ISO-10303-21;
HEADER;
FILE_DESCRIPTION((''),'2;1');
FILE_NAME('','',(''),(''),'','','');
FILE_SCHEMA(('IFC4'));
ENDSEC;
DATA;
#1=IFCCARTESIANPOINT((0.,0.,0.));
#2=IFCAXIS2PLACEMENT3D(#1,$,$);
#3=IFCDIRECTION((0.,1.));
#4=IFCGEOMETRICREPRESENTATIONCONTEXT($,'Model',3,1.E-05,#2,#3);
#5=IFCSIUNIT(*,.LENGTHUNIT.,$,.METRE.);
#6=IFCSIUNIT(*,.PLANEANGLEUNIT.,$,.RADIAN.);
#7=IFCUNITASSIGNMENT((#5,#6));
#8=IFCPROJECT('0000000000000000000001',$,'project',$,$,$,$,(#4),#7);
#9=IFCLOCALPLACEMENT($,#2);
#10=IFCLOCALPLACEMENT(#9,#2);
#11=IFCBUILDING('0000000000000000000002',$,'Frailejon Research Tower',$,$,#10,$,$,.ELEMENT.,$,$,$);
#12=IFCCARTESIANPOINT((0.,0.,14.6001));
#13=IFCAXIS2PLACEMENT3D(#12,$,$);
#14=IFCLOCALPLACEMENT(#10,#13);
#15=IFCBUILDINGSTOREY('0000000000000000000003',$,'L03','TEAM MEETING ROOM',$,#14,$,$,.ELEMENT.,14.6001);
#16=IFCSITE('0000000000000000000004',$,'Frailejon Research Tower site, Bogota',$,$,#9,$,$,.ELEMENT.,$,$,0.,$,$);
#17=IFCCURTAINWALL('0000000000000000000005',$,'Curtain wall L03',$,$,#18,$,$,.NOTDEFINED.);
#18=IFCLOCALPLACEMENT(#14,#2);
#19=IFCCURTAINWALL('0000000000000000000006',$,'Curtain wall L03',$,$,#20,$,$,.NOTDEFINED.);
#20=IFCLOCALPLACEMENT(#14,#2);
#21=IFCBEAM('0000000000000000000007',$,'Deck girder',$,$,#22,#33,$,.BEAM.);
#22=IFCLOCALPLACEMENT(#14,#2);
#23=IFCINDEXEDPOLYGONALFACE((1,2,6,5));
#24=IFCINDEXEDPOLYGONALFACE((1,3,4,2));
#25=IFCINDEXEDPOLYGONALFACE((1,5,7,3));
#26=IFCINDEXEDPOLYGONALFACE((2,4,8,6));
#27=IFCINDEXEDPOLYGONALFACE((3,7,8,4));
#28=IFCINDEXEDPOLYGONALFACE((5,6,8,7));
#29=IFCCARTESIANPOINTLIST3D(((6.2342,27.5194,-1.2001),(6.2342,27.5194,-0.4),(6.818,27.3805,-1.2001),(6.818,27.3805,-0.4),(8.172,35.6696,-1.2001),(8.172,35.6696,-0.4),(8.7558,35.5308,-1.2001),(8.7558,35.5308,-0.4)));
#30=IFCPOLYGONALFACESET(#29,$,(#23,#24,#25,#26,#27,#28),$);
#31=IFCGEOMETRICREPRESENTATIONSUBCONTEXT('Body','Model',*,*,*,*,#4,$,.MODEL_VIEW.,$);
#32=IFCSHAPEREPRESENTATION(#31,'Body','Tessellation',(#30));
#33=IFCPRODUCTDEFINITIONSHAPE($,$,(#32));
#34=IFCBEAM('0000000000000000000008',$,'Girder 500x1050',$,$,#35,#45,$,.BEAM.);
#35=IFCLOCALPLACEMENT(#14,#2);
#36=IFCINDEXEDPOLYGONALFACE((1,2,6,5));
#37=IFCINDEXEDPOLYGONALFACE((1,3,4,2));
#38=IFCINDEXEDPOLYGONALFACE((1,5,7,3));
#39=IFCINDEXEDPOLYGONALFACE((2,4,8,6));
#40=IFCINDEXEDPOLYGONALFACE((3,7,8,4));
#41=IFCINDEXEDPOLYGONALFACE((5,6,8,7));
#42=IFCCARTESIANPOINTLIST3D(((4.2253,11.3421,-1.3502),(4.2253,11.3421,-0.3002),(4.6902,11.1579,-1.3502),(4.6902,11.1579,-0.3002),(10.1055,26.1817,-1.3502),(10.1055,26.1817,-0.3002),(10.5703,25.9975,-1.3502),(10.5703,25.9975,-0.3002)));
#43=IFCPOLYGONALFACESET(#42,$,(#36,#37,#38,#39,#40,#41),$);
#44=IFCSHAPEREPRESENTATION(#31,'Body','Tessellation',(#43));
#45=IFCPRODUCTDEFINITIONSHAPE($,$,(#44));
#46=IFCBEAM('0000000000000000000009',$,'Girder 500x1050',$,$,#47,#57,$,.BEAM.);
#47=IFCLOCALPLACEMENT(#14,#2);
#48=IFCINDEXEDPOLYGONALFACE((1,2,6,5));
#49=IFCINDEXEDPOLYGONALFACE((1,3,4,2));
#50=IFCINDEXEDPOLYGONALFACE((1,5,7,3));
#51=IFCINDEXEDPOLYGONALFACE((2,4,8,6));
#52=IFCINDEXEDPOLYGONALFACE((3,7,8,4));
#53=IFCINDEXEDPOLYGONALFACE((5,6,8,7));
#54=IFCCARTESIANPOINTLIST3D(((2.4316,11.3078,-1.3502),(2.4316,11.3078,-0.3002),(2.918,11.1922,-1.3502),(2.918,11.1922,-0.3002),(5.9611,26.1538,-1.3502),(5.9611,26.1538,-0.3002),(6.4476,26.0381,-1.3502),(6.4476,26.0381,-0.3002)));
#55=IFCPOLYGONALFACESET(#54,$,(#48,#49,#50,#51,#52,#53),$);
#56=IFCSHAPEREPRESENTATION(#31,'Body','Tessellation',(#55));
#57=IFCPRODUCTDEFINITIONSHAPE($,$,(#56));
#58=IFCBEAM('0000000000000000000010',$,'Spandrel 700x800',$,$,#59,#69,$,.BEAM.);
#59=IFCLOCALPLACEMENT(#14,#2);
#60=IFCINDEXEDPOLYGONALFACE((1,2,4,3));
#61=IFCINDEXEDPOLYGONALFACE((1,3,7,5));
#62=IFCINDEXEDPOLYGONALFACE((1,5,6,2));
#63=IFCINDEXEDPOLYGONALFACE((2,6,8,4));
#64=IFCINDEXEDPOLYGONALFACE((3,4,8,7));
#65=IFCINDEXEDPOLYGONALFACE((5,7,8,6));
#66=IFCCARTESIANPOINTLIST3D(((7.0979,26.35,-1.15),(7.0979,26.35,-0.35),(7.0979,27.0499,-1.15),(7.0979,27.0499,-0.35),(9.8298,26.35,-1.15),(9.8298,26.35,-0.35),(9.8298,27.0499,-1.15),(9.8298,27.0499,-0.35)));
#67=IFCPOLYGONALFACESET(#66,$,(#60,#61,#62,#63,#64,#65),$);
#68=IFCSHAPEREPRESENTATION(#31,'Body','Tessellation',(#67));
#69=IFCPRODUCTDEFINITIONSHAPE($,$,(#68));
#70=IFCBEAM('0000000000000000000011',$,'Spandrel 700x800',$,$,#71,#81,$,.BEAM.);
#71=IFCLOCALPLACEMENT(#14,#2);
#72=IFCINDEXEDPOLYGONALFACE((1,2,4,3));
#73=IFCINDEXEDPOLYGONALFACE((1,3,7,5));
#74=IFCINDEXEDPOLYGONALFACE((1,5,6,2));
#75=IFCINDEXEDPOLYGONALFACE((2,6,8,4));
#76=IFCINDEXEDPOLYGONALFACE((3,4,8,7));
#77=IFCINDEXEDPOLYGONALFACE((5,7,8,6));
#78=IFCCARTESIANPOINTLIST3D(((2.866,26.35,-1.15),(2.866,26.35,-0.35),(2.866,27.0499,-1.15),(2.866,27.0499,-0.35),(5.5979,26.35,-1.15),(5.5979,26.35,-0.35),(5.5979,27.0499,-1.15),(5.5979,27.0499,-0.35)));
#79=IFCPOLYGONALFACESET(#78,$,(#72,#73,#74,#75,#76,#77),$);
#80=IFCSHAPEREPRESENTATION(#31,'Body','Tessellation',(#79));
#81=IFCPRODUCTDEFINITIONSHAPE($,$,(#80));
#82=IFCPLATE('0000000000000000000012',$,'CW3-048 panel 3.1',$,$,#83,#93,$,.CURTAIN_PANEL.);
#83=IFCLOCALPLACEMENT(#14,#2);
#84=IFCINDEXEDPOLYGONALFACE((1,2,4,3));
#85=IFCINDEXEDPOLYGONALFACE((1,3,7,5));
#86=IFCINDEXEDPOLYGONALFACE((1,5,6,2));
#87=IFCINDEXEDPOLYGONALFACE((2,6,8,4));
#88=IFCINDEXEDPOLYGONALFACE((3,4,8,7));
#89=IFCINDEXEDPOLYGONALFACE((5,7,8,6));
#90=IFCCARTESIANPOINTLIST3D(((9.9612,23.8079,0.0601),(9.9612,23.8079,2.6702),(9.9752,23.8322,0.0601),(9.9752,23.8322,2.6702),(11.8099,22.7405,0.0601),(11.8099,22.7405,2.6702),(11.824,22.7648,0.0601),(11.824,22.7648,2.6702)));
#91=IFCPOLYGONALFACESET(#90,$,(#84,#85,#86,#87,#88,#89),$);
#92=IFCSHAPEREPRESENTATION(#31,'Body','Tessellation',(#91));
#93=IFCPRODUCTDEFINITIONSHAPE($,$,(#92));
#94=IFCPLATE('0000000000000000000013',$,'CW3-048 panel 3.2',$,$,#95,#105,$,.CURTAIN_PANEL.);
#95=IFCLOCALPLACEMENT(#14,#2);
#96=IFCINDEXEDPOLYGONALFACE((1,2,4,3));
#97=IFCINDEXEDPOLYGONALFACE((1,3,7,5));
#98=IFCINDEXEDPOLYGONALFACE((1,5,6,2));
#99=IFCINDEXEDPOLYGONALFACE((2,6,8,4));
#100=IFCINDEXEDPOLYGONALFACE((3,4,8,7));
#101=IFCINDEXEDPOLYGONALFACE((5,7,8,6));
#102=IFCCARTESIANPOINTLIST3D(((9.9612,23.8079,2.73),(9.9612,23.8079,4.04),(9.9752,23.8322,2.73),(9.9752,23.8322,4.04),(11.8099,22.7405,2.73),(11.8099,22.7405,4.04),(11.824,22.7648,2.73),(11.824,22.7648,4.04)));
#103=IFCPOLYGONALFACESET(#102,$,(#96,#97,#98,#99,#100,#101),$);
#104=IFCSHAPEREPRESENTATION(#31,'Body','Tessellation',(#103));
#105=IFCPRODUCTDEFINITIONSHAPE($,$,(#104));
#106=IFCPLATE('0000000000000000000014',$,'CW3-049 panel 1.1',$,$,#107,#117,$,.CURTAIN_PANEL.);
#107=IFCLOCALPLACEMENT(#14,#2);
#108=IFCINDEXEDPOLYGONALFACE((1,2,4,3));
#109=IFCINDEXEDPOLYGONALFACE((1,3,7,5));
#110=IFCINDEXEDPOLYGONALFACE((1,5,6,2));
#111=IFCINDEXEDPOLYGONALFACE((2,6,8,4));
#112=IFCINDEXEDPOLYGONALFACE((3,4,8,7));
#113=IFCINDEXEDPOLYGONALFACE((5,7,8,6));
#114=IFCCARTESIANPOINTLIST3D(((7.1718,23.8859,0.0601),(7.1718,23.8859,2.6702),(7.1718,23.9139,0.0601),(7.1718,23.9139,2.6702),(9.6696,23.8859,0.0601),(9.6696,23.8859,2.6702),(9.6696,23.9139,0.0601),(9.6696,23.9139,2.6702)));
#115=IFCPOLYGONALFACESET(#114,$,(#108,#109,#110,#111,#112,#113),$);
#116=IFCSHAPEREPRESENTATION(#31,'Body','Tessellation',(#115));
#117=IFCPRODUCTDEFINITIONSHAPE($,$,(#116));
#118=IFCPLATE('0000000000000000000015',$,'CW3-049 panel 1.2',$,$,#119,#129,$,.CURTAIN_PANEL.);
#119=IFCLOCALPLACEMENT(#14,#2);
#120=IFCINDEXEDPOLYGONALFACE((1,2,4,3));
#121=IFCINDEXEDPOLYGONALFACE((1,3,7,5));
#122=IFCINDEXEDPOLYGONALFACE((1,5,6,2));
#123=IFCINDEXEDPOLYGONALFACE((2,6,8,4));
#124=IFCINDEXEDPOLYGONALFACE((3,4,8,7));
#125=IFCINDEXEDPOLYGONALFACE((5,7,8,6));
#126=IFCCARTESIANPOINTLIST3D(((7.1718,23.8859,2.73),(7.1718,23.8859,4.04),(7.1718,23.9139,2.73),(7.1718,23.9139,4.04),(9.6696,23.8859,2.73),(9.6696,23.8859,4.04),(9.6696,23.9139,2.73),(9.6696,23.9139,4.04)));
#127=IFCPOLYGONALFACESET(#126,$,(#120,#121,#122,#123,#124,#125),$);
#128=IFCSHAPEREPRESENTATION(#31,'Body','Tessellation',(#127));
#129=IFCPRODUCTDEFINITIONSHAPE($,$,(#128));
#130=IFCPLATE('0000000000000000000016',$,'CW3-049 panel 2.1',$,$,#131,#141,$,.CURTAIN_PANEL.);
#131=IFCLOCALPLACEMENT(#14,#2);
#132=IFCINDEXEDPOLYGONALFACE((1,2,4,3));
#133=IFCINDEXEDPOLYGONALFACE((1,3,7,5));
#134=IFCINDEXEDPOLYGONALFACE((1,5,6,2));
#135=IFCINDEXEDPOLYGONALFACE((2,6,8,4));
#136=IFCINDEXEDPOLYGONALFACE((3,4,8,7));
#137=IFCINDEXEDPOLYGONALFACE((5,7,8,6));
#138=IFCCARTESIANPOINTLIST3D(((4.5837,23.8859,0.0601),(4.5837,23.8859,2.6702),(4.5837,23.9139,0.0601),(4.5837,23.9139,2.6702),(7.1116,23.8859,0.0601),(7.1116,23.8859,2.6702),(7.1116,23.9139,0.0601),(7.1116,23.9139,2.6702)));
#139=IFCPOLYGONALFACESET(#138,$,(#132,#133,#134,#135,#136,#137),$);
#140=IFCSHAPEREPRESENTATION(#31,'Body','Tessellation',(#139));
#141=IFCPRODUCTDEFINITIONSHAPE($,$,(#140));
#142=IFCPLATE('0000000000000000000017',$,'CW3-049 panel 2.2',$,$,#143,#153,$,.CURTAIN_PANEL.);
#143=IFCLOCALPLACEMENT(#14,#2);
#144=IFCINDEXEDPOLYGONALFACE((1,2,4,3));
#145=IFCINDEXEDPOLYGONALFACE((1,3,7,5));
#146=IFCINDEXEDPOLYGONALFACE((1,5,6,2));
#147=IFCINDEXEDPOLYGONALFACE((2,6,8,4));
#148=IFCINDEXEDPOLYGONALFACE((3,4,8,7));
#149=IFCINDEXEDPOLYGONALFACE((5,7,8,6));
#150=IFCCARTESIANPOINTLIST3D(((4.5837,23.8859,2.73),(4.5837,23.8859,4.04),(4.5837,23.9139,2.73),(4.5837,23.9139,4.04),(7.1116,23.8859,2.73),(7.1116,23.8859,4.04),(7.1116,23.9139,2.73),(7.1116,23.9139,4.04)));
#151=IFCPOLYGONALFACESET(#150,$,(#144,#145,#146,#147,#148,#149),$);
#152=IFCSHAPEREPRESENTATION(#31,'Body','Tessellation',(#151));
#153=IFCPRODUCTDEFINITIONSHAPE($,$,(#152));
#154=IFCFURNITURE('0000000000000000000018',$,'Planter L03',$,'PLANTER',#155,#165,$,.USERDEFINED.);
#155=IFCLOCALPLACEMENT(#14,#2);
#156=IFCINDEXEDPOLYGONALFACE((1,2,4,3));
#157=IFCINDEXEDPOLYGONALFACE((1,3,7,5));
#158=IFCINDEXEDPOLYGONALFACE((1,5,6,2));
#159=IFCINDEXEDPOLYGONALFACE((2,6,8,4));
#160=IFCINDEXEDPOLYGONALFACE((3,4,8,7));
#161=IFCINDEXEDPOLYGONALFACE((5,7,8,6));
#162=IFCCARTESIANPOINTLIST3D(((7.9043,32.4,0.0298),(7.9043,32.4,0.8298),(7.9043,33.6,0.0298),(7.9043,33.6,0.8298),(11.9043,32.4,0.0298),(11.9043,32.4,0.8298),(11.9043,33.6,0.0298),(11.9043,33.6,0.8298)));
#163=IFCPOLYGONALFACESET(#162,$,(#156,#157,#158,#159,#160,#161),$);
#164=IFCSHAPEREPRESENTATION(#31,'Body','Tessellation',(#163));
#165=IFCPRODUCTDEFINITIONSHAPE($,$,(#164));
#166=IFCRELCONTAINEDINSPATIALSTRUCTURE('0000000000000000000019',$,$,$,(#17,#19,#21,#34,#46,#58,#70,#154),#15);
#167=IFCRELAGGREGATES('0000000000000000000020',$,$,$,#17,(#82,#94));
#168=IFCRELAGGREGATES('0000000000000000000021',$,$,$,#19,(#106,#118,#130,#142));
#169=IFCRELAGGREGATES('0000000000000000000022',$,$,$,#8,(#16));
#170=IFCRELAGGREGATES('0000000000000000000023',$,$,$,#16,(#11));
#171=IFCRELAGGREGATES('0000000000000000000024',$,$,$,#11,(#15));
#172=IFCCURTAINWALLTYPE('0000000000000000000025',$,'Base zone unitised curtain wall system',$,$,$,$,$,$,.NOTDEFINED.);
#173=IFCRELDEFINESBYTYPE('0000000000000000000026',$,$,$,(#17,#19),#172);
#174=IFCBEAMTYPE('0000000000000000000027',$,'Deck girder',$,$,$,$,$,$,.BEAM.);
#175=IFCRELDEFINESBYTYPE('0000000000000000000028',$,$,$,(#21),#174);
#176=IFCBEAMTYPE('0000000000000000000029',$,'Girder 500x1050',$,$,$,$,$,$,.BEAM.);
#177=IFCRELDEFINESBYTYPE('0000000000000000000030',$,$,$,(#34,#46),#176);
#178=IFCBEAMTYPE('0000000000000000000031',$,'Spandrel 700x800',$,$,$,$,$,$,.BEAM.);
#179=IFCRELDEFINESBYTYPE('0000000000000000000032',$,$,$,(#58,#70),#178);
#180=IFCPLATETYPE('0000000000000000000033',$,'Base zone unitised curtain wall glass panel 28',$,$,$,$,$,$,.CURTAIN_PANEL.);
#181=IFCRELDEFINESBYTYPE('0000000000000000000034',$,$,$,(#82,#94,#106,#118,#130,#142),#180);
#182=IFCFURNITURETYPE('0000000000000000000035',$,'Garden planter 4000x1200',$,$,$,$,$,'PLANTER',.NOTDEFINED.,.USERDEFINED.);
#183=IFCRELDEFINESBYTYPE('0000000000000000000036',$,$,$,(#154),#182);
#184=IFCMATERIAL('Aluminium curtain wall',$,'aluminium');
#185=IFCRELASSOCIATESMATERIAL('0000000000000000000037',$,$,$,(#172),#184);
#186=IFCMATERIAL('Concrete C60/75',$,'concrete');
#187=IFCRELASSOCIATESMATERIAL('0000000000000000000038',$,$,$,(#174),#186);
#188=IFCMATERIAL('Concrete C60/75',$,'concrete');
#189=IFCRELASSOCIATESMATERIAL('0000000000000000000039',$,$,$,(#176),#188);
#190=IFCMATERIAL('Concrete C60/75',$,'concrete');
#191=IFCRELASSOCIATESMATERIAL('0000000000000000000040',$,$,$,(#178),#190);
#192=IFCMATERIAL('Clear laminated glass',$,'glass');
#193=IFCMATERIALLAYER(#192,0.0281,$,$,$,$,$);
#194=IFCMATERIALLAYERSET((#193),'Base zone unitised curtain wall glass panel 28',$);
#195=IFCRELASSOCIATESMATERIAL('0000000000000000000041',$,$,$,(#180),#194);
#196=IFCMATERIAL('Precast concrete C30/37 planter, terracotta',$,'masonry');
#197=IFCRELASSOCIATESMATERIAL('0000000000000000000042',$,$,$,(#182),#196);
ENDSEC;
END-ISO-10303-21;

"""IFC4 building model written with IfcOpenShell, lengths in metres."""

from ifc_helpers import new_model, si_unit, direction, frame, origin, origin_2d, place, context, subcontext, project, spatial, rectangle, extrude, material, layer, layer_set, material_profile, profile_set, type_object, element, aggregate, save


model = new_model("IFC4")

# Units and contexts
model_context = context("Model", 3, precision=1e-05, world=origin(), true_north=direction((0.0, 1.0)))
body_context = subcontext(model_context, "Body", "Model", "MODEL_VIEW")
ifc_project = project(units=[si_unit("LENGTHUNIT", "METRE"), si_unit("PLANEANGLEUNIT", "RADIAN")], contexts=[model_context])

# Site, building, storey
site_placement = place(None, origin())
site = spatial("IfcSite", under=ifc_project, at=site_placement, Name="Frailejon Research Tower site, Bogota", CompositionType="ELEMENT", RefElevation=0.0)
building_placement = place(site_placement, origin())
building = spatial("IfcBuilding", under=site, at=building_placement, Name="Frailejon Research Tower", CompositionType="ELEMENT")
storey_placement = place(building_placement, frame((0.0, 0.0, 14.6001)))
storey = spatial("IfcBuildingStorey", under=building, at=storey_placement, Name="L03", Description="TEAM MEETING ROOM", CompositionType="ELEMENT", Elevation=14.6001)

# Curtain wall
ifc_material_1 = material(Name="Aluminium curtain wall", Category="aluminium")
curtain_wall_type = type_object("IfcCurtainWallType", Name="Base zone unitised curtain wall system", PredefinedType="NOTDEFINED", material=ifc_material_1)
curtain_wall_1_placement = place(storey_placement, origin())
curtain_wall_1 = element("IfcCurtainWall", 1, at=curtain_wall_1_placement, inside=storey, type_object=curtain_wall_type, Name="Curtain wall L03", PredefinedType="NOTDEFINED")

# Curtain wall
curtain_wall_2_placement = place(storey_placement, origin())
curtain_wall_2 = element("IfcCurtainWall", 2, at=curtain_wall_2_placement, inside=storey, type_object=curtain_wall_type, Name="Curtain wall L03", PredefinedType="NOTDEFINED")

# Beams
ifc_material_2 = material(Name="Concrete C60/75", Category="concrete")
ifc_material_profile_1 = material_profile(ifc_material_2, rectangle(XDim=0.6001, YDim=0.8, at=origin_2d()), Name="Deck girder")
ifc_profile_set_1 = profile_set([ifc_material_profile_1], Name="Concrete C60/75")
beam_type_1 = type_object("IfcBeamType", Name="Deck girder", PredefinedType="BEAM", material=ifc_profile_set_1)
beam_1_placement = place(storey_placement, frame((6.5261, 27.45, -0.8), z_axis=(0.231308, 0.972881, 0.0), x_axis=(-0.972881, 0.231308, 0.0)))
element("IfcBeam", 3, at=beam_1_placement, inside=storey, type_object=beam_type_1, Name="Deck girder", PredefinedType="BEAM", context=body_context, shape_type="SweptSolid", body=[
    extrude(rectangle(XDim=0.6001, YDim=0.8, at=origin_2d()), origin(), (0.0, 0.0, 1.0), 8.3774),
])
ifc_material_3 = material(Name="Concrete C60/75", Category="concrete")
ifc_material_profile_2 = material_profile(ifc_material_3, rectangle(XDim=0.5, YDim=1.05, at=origin_2d()), Name="Girder 500x1050")
ifc_profile_set_2 = profile_set([ifc_material_profile_2], Name="Concrete C60/75")
beam_type_2 = type_object("IfcBeamType", Name="Girder 500x1050", PredefinedType="BEAM", material=ifc_profile_set_2)
beam_2_placement = place(storey_placement, frame((10.3379, 26.0896, -0.8252), z_axis=(-0.36838, -0.929675, 0.0), x_axis=(0.929675, -0.36838, 0.0)))
element("IfcBeam", 4, at=beam_2_placement, inside=storey, type_object=beam_type_2, Name="Girder 500x1050", PredefinedType="BEAM", context=body_context, shape_type="SweptSolid", body=[
    extrude(rectangle(XDim=0.5, YDim=1.05, at=origin_2d()), origin(), (0.0, 0.0, 1.0), 15.9622),
])
beam_3_placement = place(storey_placement, frame((6.2043, 26.0959, -0.8252), z_axis=(-0.231298, -0.972883, 0.0), x_axis=(0.972883, -0.231298, 0.0)))
element("IfcBeam", 5, at=beam_3_placement, inside=storey, type_object=beam_type_2, Name="Girder 500x1050", PredefinedType="BEAM", context=body_context, shape_type="SweptSolid", body=[
    extrude(rectangle(XDim=0.5, YDim=1.05, at=origin_2d()), origin(), (0.0, 0.0, 1.0), 15.2598),
])
ifc_material_4 = material(Name="Concrete C60/75", Category="concrete")
ifc_material_profile_3 = material_profile(ifc_material_4, rectangle(XDim=0.7, YDim=0.8, at=origin_2d()), Name="Spandrel 700x800")
ifc_profile_set_3 = profile_set([ifc_material_profile_3], Name="Concrete C60/75")
beam_type_3 = type_object("IfcBeamType", Name="Spandrel 700x800", PredefinedType="BEAM", material=ifc_profile_set_3)
for number, where, z_axis, x_axis, name in (
    (6, (9.8298, 26.7, -0.75), (-1.0, 0.0, 0.0), (0.0, -1.0, 0.0), "Spandrel 700x800"),
    (7, (5.5979, 26.7, -0.75), (-1.0, 0.0, 0.0), (0.0, -1.0, 0.0), "Spandrel 700x800"),
):
    element("IfcBeam", number, at=place(storey_placement, frame(where, z_axis=z_axis, x_axis=x_axis)), inside=storey, type_object=beam_type_3, Name=name, PredefinedType="BEAM", context=body_context, shape_type="SweptSolid", body=[
        extrude(rectangle(XDim=0.7, YDim=0.8, at=origin_2d()), origin(), (0.0, 0.0, 1.0), 2.7319),
    ])

# Plates
ifc_material_5 = material(Name="Clear laminated glass", Category="glass")
ifc_layer = layer(ifc_material_5, 0.0281)
ifc_layer_set = layer_set([ifc_layer], Name="Base zone unitised curtain wall glass panel 28")
plate_type = type_object("IfcPlateType", Name="Base zone unitised curtain wall glass panel 28", PredefinedType="CURTAIN_PANEL", material=ifc_layer_set)
plate_1_placement = place(storey_placement, frame((10.8926, 23.2864, 0.0601), z_axis=(0.0, 0.0, 1.0), x_axis=(-0.866026, 0.499998, 0.0)))
plate_1 = element("IfcPlate", 8, at=plate_1_placement, type_object=plate_type, Name="CW3-048 panel 3.1", PredefinedType="CURTAIN_PANEL", context=body_context, shape_type="SweptSolid", body=[
    extrude(rectangle(XDim=2.1348, YDim=0.0281, at=origin_2d()), origin(), (0.0, 0.0, 1.0), 2.6101),
])
plate_2_placement = place(storey_placement, frame((10.8926, 23.2864, 2.73), z_axis=(0.0, 0.0, 1.0), x_axis=(-0.866026, 0.499998, 0.0)))
plate_2 = element("IfcPlate", 9, at=plate_2_placement, type_object=plate_type, Name="CW3-048 panel 3.2", PredefinedType="CURTAIN_PANEL", context=body_context, shape_type="SweptSolid", body=[
    extrude(rectangle(XDim=2.1348, YDim=0.0281, at=origin_2d()), origin(), (0.0, 0.0, 1.0), 1.3101),
])
aggregate(curtain_wall_1, [plate_1, plate_2])
plate_3_placement = place(storey_placement, frame((8.4207, 23.8999, 0.0601), z_axis=(0.0, 0.0, 1.0), x_axis=(-1.0, 0.0, 0.0)))
plate_3 = element("IfcPlate", 10, at=plate_3_placement, type_object=plate_type, Name="CW3-049 panel 1.1", PredefinedType="CURTAIN_PANEL", context=body_context, shape_type="SweptSolid", body=[
    extrude(rectangle(XDim=2.4978, YDim=0.0281, at=origin_2d()), origin(), (0.0, 0.0, 1.0), 2.6101),
])
plate_4_placement = place(storey_placement, frame((8.4207, 23.8999, 2.73), z_axis=(0.0, 0.0, 1.0), x_axis=(-1.0, 0.0, 0.0)))
plate_4 = element("IfcPlate", 11, at=plate_4_placement, type_object=plate_type, Name="CW3-049 panel 1.2", PredefinedType="CURTAIN_PANEL", context=body_context, shape_type="SweptSolid", body=[
    extrude(rectangle(XDim=2.4978, YDim=0.0281, at=origin_2d()), origin(), (0.0, 0.0, 1.0), 1.3101),
])
plate_5_placement = place(storey_placement, frame((5.8477, 23.8999, 0.0601), z_axis=(0.0, 0.0, 1.0), x_axis=(-1.0, 0.0, 0.0)))
plate_5 = element("IfcPlate", 12, at=plate_5_placement, type_object=plate_type, Name="CW3-049 panel 2.1", PredefinedType="CURTAIN_PANEL", context=body_context, shape_type="SweptSolid", body=[
    extrude(rectangle(XDim=2.5278, YDim=0.0281, at=origin_2d()), origin(), (0.0, 0.0, 1.0), 2.6101),
])
plate_6_placement = place(storey_placement, frame((5.8477, 23.8999, 2.73), z_axis=(0.0, 0.0, 1.0), x_axis=(-1.0, 0.0, 0.0)))
plate_6 = element("IfcPlate", 13, at=plate_6_placement, type_object=plate_type, Name="CW3-049 panel 2.2", PredefinedType="CURTAIN_PANEL", context=body_context, shape_type="SweptSolid", body=[
    extrude(rectangle(XDim=2.5278, YDim=0.0281, at=origin_2d()), origin(), (0.0, 0.0, 1.0), 1.3101),
])
aggregate(curtain_wall_2, [plate_3, plate_4, plate_5, plate_6])

# Furniture
ifc_material_6 = material(Name="Precast concrete C30/37 planter, terracotta", Category="masonry")
furniture_type = type_object("IfcFurnitureType", Name="Garden planter 4000x1200", ElementType="PLANTER", AssemblyPlace="NOTDEFINED", PredefinedType="USERDEFINED", material=ifc_material_6)
furniture_placement = place(storey_placement, frame((9.9043, 33.0, 0.0298), z_axis=(0.0, 0.0, 1.0), x_axis=(-1.0, 0.0, 0.0)))
element("IfcFurniture", 14, at=furniture_placement, inside=storey, type_object=furniture_type, Name="Planter L03", ObjectType="PLANTER", PredefinedType="USERDEFINED", context=body_context, shape_type="SweptSolid", body=[
    extrude(rectangle(XDim=4.0, YDim=1.2, at=origin_2d()), origin(), (0.0, 0.0, 1.0), 0.8),
])

save(model, "model.ifc")
